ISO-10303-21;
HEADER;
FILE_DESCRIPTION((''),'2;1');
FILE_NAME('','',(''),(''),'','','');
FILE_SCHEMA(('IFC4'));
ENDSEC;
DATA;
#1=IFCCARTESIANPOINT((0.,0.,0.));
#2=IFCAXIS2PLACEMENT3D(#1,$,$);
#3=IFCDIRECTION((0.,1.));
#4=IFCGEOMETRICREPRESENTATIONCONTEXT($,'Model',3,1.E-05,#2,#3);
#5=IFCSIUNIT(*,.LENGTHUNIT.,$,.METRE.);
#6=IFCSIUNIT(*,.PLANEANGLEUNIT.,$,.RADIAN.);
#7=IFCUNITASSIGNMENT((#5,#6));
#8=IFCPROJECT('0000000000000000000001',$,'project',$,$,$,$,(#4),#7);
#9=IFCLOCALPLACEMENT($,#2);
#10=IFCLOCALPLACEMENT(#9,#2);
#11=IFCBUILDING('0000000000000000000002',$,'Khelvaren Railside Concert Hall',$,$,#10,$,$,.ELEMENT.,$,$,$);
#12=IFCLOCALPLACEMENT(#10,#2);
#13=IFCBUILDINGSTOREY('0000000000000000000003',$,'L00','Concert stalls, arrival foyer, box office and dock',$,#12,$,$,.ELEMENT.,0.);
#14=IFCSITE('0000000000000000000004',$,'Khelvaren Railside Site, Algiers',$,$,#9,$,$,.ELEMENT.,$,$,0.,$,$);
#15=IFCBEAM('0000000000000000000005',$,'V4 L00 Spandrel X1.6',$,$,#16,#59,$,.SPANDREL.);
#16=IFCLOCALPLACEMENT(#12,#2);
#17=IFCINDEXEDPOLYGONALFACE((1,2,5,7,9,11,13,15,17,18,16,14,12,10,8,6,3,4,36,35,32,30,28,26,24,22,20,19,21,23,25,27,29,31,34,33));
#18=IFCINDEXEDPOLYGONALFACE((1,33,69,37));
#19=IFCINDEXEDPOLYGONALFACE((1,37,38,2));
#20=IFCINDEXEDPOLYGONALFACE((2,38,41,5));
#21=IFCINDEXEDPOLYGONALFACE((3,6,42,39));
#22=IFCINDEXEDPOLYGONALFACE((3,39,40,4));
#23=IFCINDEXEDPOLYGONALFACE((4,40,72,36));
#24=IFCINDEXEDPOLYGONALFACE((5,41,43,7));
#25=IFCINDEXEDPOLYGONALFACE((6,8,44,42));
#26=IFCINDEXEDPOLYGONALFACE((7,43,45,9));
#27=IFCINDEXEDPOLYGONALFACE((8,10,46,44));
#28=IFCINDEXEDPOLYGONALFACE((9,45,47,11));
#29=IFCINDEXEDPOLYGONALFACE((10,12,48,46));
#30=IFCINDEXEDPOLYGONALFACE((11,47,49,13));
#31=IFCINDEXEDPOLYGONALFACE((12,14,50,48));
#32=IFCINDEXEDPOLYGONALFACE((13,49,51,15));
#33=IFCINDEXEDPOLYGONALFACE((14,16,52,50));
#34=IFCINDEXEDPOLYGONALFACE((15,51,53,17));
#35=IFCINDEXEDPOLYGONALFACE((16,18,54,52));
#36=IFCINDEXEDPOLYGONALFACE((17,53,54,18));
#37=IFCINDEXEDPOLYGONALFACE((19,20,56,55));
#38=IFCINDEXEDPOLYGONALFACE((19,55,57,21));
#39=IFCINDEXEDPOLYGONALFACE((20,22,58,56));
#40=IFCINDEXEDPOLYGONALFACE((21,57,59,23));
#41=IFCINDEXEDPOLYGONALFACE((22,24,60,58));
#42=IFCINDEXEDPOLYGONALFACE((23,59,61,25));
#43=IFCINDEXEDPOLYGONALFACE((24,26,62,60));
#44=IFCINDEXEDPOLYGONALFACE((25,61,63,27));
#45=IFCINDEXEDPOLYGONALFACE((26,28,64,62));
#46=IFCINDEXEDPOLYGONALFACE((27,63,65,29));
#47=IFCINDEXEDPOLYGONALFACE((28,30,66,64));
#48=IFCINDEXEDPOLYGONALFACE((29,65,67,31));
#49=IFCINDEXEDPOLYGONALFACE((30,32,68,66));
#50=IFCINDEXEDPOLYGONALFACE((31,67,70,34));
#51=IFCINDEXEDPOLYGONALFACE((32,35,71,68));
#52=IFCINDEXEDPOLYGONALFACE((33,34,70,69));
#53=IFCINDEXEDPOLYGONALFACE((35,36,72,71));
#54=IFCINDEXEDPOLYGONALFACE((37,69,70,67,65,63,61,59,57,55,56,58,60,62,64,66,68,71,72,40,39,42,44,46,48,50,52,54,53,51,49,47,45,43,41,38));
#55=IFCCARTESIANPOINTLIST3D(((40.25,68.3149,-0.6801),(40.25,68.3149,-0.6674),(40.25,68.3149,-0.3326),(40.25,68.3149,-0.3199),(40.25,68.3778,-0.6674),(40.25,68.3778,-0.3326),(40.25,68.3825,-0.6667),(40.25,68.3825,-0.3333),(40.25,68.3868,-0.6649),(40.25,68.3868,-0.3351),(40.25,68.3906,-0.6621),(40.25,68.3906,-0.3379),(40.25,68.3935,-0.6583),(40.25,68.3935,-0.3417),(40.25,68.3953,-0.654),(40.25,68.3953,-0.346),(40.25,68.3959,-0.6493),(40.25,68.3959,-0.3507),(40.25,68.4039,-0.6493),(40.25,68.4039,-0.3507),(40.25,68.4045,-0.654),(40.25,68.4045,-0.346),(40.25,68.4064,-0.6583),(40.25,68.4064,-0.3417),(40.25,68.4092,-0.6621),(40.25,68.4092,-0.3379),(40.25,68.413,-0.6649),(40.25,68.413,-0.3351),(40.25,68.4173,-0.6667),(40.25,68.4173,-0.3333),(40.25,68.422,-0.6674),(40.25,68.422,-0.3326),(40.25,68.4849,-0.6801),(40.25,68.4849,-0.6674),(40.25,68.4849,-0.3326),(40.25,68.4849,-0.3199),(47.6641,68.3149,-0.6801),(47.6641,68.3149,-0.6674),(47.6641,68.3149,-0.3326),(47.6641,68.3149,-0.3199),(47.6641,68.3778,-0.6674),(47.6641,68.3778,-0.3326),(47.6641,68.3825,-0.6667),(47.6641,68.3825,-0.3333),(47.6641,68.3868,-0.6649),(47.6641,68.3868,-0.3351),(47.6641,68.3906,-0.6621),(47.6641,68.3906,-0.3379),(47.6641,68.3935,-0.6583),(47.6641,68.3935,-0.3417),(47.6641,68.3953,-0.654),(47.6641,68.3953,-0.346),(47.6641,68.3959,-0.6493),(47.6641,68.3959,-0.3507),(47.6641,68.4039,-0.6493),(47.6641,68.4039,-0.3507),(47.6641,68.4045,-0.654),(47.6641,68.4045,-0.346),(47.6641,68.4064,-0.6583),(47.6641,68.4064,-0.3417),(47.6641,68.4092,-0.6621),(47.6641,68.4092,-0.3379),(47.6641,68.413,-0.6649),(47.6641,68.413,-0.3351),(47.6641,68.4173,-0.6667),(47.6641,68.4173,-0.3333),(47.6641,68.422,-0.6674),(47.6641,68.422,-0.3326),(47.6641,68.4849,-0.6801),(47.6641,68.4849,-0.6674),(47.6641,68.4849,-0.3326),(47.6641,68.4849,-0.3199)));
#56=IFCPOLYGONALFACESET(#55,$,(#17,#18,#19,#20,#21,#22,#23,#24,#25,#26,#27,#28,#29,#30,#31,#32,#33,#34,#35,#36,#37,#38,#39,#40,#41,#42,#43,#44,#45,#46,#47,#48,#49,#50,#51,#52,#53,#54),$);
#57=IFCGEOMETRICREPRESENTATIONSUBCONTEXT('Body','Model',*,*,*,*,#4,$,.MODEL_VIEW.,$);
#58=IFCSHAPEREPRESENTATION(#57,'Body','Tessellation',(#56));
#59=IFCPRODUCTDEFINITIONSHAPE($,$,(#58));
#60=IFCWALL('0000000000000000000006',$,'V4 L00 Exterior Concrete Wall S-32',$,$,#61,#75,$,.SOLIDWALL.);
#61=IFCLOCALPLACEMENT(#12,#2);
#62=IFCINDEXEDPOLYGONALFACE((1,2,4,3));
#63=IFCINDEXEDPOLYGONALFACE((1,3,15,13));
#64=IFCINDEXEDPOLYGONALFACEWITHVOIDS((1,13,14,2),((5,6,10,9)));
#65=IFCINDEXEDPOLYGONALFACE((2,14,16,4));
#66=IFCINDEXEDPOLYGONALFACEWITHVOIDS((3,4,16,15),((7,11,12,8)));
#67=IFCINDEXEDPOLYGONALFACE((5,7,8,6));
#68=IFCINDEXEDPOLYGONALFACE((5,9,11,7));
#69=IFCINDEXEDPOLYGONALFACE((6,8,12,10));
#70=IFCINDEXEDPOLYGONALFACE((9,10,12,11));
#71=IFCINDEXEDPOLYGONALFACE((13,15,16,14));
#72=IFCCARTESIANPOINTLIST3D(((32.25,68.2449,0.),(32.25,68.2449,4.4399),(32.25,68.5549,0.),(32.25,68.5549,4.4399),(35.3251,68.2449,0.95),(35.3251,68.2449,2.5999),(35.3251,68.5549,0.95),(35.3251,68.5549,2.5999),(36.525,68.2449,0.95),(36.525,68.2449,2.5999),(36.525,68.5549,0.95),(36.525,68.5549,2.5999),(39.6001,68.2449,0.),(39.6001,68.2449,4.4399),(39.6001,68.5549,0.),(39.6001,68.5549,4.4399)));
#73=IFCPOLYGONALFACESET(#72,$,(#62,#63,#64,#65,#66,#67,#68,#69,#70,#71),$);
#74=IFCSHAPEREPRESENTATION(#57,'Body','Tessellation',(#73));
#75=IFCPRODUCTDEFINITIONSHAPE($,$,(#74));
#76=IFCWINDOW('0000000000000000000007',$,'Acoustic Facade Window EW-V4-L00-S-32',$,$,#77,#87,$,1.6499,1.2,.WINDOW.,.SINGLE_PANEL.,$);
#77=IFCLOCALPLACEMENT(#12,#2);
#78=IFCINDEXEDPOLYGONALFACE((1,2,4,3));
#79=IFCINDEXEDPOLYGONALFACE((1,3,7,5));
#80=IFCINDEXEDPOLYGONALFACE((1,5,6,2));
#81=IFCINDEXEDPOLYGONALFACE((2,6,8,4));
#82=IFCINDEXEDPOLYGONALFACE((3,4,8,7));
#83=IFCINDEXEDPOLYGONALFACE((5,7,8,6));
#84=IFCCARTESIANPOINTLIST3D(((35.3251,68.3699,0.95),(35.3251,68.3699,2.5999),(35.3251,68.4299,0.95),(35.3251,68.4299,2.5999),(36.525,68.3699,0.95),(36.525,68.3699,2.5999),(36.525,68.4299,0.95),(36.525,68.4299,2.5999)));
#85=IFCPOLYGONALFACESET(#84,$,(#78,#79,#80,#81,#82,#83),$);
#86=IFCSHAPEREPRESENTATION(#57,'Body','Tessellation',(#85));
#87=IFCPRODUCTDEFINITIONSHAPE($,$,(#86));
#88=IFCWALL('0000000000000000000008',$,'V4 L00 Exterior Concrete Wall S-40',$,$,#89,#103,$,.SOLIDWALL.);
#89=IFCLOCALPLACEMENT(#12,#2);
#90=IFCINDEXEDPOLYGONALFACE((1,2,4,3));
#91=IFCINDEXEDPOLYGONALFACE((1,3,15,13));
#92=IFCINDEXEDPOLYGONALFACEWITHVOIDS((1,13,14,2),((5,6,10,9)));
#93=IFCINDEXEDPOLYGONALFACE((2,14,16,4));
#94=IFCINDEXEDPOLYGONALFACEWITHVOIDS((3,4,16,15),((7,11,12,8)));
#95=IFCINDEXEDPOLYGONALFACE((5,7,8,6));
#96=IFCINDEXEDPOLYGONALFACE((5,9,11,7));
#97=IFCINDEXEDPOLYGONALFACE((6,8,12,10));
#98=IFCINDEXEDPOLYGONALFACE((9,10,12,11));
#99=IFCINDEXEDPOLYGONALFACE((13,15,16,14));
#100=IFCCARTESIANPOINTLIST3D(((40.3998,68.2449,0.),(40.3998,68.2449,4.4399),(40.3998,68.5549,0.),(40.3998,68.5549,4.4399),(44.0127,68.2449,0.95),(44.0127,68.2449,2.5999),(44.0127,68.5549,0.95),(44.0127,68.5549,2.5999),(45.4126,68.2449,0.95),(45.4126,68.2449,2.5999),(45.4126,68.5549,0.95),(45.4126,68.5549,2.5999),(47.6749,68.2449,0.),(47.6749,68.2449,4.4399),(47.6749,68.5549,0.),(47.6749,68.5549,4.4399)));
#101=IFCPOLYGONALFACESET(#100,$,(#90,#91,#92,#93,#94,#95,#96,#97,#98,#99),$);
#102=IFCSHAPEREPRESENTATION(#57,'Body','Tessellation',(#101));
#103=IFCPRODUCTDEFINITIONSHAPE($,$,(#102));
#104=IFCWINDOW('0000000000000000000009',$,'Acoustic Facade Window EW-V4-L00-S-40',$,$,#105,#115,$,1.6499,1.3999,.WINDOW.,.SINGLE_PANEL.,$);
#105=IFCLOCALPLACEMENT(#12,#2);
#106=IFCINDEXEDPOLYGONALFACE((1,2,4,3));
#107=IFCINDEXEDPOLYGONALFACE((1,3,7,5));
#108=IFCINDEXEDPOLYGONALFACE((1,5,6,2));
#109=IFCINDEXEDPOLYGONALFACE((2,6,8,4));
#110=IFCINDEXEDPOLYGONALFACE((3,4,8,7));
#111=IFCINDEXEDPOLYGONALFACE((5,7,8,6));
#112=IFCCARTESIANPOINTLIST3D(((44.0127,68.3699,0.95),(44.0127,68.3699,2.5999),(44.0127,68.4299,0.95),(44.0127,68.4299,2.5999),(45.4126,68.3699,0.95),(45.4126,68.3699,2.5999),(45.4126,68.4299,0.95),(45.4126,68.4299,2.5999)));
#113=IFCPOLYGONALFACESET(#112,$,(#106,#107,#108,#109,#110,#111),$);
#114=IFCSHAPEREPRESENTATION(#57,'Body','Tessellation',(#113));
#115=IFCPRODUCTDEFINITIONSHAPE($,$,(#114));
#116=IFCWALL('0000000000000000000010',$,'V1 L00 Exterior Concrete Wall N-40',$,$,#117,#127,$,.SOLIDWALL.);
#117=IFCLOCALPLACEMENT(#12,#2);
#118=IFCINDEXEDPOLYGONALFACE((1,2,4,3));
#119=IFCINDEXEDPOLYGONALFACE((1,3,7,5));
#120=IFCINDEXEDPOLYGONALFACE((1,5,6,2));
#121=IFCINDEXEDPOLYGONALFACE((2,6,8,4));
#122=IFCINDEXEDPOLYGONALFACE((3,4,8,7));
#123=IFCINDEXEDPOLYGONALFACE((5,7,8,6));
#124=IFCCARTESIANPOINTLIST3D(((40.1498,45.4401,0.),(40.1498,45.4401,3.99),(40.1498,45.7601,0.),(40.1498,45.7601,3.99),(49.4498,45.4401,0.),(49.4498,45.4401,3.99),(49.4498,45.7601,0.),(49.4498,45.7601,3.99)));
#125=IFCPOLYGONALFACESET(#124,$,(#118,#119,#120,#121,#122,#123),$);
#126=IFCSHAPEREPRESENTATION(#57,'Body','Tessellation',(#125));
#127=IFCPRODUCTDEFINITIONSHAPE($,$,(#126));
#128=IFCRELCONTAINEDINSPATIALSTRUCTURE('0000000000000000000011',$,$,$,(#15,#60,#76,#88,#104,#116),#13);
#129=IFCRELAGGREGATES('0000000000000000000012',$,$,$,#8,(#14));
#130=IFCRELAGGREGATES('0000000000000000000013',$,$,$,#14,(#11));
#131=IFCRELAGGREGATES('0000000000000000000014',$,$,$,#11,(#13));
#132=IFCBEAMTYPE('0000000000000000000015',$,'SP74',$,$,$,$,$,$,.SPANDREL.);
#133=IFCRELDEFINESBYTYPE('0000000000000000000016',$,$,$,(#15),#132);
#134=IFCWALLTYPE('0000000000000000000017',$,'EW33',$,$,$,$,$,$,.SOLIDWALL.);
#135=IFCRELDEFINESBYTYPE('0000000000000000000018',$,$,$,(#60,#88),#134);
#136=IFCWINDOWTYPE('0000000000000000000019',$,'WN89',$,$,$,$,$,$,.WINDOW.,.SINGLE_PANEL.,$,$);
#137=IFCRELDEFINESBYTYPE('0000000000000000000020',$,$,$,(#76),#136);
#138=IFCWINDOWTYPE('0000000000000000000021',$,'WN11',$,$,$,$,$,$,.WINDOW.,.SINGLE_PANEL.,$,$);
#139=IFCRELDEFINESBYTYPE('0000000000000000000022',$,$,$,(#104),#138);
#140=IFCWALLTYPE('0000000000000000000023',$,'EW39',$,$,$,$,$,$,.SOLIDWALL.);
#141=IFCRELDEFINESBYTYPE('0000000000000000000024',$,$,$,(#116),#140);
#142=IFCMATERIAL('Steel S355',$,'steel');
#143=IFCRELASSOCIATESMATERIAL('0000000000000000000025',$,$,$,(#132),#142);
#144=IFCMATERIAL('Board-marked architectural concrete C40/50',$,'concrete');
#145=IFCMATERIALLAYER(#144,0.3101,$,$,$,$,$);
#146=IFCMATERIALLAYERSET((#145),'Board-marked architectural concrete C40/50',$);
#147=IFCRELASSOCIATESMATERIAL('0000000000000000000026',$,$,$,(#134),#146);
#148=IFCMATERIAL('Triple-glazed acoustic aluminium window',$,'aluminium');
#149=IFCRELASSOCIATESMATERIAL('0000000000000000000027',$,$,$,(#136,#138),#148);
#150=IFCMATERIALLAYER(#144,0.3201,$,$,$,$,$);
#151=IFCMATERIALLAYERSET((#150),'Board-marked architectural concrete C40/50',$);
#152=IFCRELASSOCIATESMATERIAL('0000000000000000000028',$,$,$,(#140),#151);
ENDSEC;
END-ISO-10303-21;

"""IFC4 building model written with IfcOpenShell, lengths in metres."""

from ifc_helpers import new_model, si_unit, direction, frame, frame_2d, origin, origin_2d, place, context, subcontext, project, spatial, rectangle, i_section, extrude, material, layer, layer_set, material_profile, profile_set, type_object, element, fill, save


model = new_model("IFC4")

# Units and contexts
model_context = context("Model", 3, precision=1e-05, world=origin(), true_north=direction((0.0, 1.0)))
body_context = subcontext(model_context, "Body", "Model", "MODEL_VIEW")
ifc_project = project(units=[si_unit("LENGTHUNIT", "METRE"), si_unit("PLANEANGLEUNIT", "RADIAN")], contexts=[model_context])

# Site, building, storey
site_placement = place(None, origin())
site = spatial("IfcSite", under=ifc_project, at=site_placement, Name="Khelvaren Railside Site, Algiers", CompositionType="ELEMENT", RefElevation=0.0)
building_placement = place(site_placement, origin())
building = spatial("IfcBuilding", under=site, at=building_placement, Name="Khelvaren Railside Concert Hall", CompositionType="ELEMENT")
storey_placement = place(building_placement, origin())
storey = spatial("IfcBuildingStorey", under=building, at=storey_placement, Name="L00", Description="Concert stalls, arrival foyer, box office and dock", CompositionType="ELEMENT", Elevation=0.0)

# Shared definitions
ifc_material_1 = material(Name="Steel S355", Category="steel")

# Beam
ifc_material_profile_1 = material_profile(ifc_material_1, i_section(OverallWidth=0.1699, OverallDepth=0.3601, WebThickness=0.0081, FlangeThickness=0.0127, FilletRadius=0.0181, at=origin_2d()), Name="IPE 360")
ifc_profile_set_1 = profile_set([ifc_material_profile_1], Name="Steel S355")
beam_type_1 = type_object("IfcBeamType", Name="SP74", PredefinedType="SPANDREL", material=ifc_profile_set_1)
beam_1_placement = place(storey_placement, frame((40.25, 68.3999, -0.5), z_axis=(1.0, 0.0, 0.0), x_axis=(0.0, 1.0, 0.0)))
element("IfcBeam", 1, at=beam_1_placement, inside=storey, type_object=beam_type_1, Name="V4 L00 Spandrel X1.6", PredefinedType="SPANDREL", context=body_context, shape_type="SweptSolid", body=[
    extrude(i_section(OverallWidth=0.1699, OverallDepth=0.3601, WebThickness=0.0081, FlangeThickness=0.0127, FilletRadius=0.0181, at=origin_2d()), origin(), (0.0, 0.0, 1.0), 7.4141),
])

# Walls, openings, windows
ifc_material_2 = material(Name="Board-marked architectural concrete C40/50", Category="concrete")
ifc_layer_1 = layer(ifc_material_2, 0.3101)
ifc_layer_set_1 = layer_set([ifc_layer_1], Name="Board-marked architectural concrete C40/50")
wall_type_1 = type_object("IfcWallType", Name="EW33", PredefinedType="SOLIDWALL", material=ifc_layer_set_1)
wall_1_placement = place(storey_placement, frame((39.6001, 68.3999, 0.0), z_axis=(0.0, 0.0, 1.0), x_axis=(-1.0, 0.0, 0.0)))
wall_1 = element("IfcWall", 2, at=wall_1_placement, inside=storey, type_object=wall_type_1, Name="V4 L00 Exterior Concrete Wall S-32", PredefinedType="SOLIDWALL", context=body_context, shape_type="SweptSolid", body=[
    extrude(rectangle(XDim=7.3501, YDim=0.3101, at=frame_2d((3.675, 0.0))), origin(), (0.0, 0.0, 1.0), 4.4399),
])
opening_1_placement = place(wall_1_placement, frame((3.075, 0.0, 0.95)))
opening_1 = element("IfcOpeningElement", 3, at=opening_1_placement, cuts=wall_1, PredefinedType="OPENING", context=body_context, shape_type="SweptSolid", body=[
    extrude(rectangle(XDim=1.2, YDim=1.6499, at=frame_2d((0.6001, 0.825))), frame((0.0, 0.165, 0.0), z_axis=(0.0, -1.0, 0.0), x_axis=(1.0, 0.0, 0.0)), (0.0, 0.0, 1.0), 0.3301),
])
ifc_material_3 = material(Name="Triple-glazed acoustic aluminium window", Category="aluminium")
window_type_1 = type_object("IfcWindowType", Name="WN89", PartitioningType="SINGLE_PANEL", PredefinedType="WINDOW", material=ifc_material_3)
window_1_placement = place(opening_1_placement, origin())
window_1 = element("IfcWindow", 4, at=window_1_placement, inside=storey, type_object=window_type_1, Name="Acoustic Facade Window EW-V4-L00-S-32", OverallHeight=1.6499, OverallWidth=1.2, PartitioningType="SINGLE_PANEL", PredefinedType="WINDOW", context=body_context, shape_type="SweptSolid", body=[
    extrude(rectangle(XDim=1.2, YDim=1.6499, at=frame_2d((0.6001, 0.825))), frame((0.0, 0.03, 0.0), z_axis=(0.0, -1.0, 0.0), x_axis=(1.0, 0.0, 0.0)), (0.0, 0.0, 1.0), 0.0601),
])
fill(opening_1, window_1)
wall_2_placement = place(storey_placement, frame((47.675, 68.3999, 0.0), z_axis=(0.0, 0.0, 1.0), x_axis=(-1.0, 0.0, 0.0)))
wall_2 = element("IfcWall", 5, at=wall_2_placement, inside=storey, type_object=wall_type_1, Name="V4 L00 Exterior Concrete Wall S-40", PredefinedType="SOLIDWALL", context=body_context, shape_type="SweptSolid", body=[
    extrude(rectangle(XDim=7.2751, YDim=0.3101, at=frame_2d((3.6377, 0.0))), origin(), (0.0, 0.0, 1.0), 4.4399),
])
opening_2_placement = place(wall_2_placement, frame((2.2625, 0.0, 0.95)))
opening_2 = element("IfcOpeningElement", 6, at=opening_2_placement, cuts=wall_2, PredefinedType="OPENING", context=body_context, shape_type="SweptSolid", body=[
    extrude(rectangle(XDim=1.3999, YDim=1.6499, at=frame_2d((0.7, 0.825))), frame((0.0, 0.165, 0.0), z_axis=(0.0, -1.0, 0.0), x_axis=(1.0, 0.0, 0.0)), (0.0, 0.0, 1.0), 0.3301),
])
window_type_2 = type_object("IfcWindowType", Name="WN11", PartitioningType="SINGLE_PANEL", PredefinedType="WINDOW", material=ifc_material_3)
window_2_placement = place(opening_2_placement, origin())
window_2 = element("IfcWindow", 7, at=window_2_placement, inside=storey, type_object=window_type_2, Name="Acoustic Facade Window EW-V4-L00-S-40", OverallHeight=1.6499, OverallWidth=1.3999, PartitioningType="SINGLE_PANEL", PredefinedType="WINDOW", context=body_context, shape_type="SweptSolid", body=[
    extrude(rectangle(XDim=1.3999, YDim=1.6499, at=frame_2d((0.7, 0.825))), frame((0.0, 0.03, 0.0), z_axis=(0.0, -1.0, 0.0), x_axis=(1.0, 0.0, 0.0)), (0.0, 0.0, 1.0), 0.0601),
])
fill(opening_2, window_2)

# Wall
ifc_layer_2 = layer(ifc_material_2, 0.3201)
ifc_layer_set_2 = layer_set([ifc_layer_2], Name="Board-marked architectural concrete C40/50")
wall_type_2 = type_object("IfcWallType", Name="EW39", PredefinedType="SOLIDWALL", material=ifc_layer_set_2)
wall_3_placement = place(storey_placement, frame((40.1499, 45.6001, 0.0), z_axis=(0.0, 0.0, 1.0), x_axis=(1.0, 0.0, 0.0)))
element("IfcWall", 8, at=wall_3_placement, inside=storey, type_object=wall_type_2, Name="V1 L00 Exterior Concrete Wall N-40", PredefinedType="SOLIDWALL", context=body_context, shape_type="SweptSolid", body=[
    extrude(rectangle(XDim=9.3, YDim=0.3201, at=frame_2d((4.6499, 0.0))), origin(), (0.0, 0.0, 1.0), 3.99),
])

save(model, "model.ifc")
